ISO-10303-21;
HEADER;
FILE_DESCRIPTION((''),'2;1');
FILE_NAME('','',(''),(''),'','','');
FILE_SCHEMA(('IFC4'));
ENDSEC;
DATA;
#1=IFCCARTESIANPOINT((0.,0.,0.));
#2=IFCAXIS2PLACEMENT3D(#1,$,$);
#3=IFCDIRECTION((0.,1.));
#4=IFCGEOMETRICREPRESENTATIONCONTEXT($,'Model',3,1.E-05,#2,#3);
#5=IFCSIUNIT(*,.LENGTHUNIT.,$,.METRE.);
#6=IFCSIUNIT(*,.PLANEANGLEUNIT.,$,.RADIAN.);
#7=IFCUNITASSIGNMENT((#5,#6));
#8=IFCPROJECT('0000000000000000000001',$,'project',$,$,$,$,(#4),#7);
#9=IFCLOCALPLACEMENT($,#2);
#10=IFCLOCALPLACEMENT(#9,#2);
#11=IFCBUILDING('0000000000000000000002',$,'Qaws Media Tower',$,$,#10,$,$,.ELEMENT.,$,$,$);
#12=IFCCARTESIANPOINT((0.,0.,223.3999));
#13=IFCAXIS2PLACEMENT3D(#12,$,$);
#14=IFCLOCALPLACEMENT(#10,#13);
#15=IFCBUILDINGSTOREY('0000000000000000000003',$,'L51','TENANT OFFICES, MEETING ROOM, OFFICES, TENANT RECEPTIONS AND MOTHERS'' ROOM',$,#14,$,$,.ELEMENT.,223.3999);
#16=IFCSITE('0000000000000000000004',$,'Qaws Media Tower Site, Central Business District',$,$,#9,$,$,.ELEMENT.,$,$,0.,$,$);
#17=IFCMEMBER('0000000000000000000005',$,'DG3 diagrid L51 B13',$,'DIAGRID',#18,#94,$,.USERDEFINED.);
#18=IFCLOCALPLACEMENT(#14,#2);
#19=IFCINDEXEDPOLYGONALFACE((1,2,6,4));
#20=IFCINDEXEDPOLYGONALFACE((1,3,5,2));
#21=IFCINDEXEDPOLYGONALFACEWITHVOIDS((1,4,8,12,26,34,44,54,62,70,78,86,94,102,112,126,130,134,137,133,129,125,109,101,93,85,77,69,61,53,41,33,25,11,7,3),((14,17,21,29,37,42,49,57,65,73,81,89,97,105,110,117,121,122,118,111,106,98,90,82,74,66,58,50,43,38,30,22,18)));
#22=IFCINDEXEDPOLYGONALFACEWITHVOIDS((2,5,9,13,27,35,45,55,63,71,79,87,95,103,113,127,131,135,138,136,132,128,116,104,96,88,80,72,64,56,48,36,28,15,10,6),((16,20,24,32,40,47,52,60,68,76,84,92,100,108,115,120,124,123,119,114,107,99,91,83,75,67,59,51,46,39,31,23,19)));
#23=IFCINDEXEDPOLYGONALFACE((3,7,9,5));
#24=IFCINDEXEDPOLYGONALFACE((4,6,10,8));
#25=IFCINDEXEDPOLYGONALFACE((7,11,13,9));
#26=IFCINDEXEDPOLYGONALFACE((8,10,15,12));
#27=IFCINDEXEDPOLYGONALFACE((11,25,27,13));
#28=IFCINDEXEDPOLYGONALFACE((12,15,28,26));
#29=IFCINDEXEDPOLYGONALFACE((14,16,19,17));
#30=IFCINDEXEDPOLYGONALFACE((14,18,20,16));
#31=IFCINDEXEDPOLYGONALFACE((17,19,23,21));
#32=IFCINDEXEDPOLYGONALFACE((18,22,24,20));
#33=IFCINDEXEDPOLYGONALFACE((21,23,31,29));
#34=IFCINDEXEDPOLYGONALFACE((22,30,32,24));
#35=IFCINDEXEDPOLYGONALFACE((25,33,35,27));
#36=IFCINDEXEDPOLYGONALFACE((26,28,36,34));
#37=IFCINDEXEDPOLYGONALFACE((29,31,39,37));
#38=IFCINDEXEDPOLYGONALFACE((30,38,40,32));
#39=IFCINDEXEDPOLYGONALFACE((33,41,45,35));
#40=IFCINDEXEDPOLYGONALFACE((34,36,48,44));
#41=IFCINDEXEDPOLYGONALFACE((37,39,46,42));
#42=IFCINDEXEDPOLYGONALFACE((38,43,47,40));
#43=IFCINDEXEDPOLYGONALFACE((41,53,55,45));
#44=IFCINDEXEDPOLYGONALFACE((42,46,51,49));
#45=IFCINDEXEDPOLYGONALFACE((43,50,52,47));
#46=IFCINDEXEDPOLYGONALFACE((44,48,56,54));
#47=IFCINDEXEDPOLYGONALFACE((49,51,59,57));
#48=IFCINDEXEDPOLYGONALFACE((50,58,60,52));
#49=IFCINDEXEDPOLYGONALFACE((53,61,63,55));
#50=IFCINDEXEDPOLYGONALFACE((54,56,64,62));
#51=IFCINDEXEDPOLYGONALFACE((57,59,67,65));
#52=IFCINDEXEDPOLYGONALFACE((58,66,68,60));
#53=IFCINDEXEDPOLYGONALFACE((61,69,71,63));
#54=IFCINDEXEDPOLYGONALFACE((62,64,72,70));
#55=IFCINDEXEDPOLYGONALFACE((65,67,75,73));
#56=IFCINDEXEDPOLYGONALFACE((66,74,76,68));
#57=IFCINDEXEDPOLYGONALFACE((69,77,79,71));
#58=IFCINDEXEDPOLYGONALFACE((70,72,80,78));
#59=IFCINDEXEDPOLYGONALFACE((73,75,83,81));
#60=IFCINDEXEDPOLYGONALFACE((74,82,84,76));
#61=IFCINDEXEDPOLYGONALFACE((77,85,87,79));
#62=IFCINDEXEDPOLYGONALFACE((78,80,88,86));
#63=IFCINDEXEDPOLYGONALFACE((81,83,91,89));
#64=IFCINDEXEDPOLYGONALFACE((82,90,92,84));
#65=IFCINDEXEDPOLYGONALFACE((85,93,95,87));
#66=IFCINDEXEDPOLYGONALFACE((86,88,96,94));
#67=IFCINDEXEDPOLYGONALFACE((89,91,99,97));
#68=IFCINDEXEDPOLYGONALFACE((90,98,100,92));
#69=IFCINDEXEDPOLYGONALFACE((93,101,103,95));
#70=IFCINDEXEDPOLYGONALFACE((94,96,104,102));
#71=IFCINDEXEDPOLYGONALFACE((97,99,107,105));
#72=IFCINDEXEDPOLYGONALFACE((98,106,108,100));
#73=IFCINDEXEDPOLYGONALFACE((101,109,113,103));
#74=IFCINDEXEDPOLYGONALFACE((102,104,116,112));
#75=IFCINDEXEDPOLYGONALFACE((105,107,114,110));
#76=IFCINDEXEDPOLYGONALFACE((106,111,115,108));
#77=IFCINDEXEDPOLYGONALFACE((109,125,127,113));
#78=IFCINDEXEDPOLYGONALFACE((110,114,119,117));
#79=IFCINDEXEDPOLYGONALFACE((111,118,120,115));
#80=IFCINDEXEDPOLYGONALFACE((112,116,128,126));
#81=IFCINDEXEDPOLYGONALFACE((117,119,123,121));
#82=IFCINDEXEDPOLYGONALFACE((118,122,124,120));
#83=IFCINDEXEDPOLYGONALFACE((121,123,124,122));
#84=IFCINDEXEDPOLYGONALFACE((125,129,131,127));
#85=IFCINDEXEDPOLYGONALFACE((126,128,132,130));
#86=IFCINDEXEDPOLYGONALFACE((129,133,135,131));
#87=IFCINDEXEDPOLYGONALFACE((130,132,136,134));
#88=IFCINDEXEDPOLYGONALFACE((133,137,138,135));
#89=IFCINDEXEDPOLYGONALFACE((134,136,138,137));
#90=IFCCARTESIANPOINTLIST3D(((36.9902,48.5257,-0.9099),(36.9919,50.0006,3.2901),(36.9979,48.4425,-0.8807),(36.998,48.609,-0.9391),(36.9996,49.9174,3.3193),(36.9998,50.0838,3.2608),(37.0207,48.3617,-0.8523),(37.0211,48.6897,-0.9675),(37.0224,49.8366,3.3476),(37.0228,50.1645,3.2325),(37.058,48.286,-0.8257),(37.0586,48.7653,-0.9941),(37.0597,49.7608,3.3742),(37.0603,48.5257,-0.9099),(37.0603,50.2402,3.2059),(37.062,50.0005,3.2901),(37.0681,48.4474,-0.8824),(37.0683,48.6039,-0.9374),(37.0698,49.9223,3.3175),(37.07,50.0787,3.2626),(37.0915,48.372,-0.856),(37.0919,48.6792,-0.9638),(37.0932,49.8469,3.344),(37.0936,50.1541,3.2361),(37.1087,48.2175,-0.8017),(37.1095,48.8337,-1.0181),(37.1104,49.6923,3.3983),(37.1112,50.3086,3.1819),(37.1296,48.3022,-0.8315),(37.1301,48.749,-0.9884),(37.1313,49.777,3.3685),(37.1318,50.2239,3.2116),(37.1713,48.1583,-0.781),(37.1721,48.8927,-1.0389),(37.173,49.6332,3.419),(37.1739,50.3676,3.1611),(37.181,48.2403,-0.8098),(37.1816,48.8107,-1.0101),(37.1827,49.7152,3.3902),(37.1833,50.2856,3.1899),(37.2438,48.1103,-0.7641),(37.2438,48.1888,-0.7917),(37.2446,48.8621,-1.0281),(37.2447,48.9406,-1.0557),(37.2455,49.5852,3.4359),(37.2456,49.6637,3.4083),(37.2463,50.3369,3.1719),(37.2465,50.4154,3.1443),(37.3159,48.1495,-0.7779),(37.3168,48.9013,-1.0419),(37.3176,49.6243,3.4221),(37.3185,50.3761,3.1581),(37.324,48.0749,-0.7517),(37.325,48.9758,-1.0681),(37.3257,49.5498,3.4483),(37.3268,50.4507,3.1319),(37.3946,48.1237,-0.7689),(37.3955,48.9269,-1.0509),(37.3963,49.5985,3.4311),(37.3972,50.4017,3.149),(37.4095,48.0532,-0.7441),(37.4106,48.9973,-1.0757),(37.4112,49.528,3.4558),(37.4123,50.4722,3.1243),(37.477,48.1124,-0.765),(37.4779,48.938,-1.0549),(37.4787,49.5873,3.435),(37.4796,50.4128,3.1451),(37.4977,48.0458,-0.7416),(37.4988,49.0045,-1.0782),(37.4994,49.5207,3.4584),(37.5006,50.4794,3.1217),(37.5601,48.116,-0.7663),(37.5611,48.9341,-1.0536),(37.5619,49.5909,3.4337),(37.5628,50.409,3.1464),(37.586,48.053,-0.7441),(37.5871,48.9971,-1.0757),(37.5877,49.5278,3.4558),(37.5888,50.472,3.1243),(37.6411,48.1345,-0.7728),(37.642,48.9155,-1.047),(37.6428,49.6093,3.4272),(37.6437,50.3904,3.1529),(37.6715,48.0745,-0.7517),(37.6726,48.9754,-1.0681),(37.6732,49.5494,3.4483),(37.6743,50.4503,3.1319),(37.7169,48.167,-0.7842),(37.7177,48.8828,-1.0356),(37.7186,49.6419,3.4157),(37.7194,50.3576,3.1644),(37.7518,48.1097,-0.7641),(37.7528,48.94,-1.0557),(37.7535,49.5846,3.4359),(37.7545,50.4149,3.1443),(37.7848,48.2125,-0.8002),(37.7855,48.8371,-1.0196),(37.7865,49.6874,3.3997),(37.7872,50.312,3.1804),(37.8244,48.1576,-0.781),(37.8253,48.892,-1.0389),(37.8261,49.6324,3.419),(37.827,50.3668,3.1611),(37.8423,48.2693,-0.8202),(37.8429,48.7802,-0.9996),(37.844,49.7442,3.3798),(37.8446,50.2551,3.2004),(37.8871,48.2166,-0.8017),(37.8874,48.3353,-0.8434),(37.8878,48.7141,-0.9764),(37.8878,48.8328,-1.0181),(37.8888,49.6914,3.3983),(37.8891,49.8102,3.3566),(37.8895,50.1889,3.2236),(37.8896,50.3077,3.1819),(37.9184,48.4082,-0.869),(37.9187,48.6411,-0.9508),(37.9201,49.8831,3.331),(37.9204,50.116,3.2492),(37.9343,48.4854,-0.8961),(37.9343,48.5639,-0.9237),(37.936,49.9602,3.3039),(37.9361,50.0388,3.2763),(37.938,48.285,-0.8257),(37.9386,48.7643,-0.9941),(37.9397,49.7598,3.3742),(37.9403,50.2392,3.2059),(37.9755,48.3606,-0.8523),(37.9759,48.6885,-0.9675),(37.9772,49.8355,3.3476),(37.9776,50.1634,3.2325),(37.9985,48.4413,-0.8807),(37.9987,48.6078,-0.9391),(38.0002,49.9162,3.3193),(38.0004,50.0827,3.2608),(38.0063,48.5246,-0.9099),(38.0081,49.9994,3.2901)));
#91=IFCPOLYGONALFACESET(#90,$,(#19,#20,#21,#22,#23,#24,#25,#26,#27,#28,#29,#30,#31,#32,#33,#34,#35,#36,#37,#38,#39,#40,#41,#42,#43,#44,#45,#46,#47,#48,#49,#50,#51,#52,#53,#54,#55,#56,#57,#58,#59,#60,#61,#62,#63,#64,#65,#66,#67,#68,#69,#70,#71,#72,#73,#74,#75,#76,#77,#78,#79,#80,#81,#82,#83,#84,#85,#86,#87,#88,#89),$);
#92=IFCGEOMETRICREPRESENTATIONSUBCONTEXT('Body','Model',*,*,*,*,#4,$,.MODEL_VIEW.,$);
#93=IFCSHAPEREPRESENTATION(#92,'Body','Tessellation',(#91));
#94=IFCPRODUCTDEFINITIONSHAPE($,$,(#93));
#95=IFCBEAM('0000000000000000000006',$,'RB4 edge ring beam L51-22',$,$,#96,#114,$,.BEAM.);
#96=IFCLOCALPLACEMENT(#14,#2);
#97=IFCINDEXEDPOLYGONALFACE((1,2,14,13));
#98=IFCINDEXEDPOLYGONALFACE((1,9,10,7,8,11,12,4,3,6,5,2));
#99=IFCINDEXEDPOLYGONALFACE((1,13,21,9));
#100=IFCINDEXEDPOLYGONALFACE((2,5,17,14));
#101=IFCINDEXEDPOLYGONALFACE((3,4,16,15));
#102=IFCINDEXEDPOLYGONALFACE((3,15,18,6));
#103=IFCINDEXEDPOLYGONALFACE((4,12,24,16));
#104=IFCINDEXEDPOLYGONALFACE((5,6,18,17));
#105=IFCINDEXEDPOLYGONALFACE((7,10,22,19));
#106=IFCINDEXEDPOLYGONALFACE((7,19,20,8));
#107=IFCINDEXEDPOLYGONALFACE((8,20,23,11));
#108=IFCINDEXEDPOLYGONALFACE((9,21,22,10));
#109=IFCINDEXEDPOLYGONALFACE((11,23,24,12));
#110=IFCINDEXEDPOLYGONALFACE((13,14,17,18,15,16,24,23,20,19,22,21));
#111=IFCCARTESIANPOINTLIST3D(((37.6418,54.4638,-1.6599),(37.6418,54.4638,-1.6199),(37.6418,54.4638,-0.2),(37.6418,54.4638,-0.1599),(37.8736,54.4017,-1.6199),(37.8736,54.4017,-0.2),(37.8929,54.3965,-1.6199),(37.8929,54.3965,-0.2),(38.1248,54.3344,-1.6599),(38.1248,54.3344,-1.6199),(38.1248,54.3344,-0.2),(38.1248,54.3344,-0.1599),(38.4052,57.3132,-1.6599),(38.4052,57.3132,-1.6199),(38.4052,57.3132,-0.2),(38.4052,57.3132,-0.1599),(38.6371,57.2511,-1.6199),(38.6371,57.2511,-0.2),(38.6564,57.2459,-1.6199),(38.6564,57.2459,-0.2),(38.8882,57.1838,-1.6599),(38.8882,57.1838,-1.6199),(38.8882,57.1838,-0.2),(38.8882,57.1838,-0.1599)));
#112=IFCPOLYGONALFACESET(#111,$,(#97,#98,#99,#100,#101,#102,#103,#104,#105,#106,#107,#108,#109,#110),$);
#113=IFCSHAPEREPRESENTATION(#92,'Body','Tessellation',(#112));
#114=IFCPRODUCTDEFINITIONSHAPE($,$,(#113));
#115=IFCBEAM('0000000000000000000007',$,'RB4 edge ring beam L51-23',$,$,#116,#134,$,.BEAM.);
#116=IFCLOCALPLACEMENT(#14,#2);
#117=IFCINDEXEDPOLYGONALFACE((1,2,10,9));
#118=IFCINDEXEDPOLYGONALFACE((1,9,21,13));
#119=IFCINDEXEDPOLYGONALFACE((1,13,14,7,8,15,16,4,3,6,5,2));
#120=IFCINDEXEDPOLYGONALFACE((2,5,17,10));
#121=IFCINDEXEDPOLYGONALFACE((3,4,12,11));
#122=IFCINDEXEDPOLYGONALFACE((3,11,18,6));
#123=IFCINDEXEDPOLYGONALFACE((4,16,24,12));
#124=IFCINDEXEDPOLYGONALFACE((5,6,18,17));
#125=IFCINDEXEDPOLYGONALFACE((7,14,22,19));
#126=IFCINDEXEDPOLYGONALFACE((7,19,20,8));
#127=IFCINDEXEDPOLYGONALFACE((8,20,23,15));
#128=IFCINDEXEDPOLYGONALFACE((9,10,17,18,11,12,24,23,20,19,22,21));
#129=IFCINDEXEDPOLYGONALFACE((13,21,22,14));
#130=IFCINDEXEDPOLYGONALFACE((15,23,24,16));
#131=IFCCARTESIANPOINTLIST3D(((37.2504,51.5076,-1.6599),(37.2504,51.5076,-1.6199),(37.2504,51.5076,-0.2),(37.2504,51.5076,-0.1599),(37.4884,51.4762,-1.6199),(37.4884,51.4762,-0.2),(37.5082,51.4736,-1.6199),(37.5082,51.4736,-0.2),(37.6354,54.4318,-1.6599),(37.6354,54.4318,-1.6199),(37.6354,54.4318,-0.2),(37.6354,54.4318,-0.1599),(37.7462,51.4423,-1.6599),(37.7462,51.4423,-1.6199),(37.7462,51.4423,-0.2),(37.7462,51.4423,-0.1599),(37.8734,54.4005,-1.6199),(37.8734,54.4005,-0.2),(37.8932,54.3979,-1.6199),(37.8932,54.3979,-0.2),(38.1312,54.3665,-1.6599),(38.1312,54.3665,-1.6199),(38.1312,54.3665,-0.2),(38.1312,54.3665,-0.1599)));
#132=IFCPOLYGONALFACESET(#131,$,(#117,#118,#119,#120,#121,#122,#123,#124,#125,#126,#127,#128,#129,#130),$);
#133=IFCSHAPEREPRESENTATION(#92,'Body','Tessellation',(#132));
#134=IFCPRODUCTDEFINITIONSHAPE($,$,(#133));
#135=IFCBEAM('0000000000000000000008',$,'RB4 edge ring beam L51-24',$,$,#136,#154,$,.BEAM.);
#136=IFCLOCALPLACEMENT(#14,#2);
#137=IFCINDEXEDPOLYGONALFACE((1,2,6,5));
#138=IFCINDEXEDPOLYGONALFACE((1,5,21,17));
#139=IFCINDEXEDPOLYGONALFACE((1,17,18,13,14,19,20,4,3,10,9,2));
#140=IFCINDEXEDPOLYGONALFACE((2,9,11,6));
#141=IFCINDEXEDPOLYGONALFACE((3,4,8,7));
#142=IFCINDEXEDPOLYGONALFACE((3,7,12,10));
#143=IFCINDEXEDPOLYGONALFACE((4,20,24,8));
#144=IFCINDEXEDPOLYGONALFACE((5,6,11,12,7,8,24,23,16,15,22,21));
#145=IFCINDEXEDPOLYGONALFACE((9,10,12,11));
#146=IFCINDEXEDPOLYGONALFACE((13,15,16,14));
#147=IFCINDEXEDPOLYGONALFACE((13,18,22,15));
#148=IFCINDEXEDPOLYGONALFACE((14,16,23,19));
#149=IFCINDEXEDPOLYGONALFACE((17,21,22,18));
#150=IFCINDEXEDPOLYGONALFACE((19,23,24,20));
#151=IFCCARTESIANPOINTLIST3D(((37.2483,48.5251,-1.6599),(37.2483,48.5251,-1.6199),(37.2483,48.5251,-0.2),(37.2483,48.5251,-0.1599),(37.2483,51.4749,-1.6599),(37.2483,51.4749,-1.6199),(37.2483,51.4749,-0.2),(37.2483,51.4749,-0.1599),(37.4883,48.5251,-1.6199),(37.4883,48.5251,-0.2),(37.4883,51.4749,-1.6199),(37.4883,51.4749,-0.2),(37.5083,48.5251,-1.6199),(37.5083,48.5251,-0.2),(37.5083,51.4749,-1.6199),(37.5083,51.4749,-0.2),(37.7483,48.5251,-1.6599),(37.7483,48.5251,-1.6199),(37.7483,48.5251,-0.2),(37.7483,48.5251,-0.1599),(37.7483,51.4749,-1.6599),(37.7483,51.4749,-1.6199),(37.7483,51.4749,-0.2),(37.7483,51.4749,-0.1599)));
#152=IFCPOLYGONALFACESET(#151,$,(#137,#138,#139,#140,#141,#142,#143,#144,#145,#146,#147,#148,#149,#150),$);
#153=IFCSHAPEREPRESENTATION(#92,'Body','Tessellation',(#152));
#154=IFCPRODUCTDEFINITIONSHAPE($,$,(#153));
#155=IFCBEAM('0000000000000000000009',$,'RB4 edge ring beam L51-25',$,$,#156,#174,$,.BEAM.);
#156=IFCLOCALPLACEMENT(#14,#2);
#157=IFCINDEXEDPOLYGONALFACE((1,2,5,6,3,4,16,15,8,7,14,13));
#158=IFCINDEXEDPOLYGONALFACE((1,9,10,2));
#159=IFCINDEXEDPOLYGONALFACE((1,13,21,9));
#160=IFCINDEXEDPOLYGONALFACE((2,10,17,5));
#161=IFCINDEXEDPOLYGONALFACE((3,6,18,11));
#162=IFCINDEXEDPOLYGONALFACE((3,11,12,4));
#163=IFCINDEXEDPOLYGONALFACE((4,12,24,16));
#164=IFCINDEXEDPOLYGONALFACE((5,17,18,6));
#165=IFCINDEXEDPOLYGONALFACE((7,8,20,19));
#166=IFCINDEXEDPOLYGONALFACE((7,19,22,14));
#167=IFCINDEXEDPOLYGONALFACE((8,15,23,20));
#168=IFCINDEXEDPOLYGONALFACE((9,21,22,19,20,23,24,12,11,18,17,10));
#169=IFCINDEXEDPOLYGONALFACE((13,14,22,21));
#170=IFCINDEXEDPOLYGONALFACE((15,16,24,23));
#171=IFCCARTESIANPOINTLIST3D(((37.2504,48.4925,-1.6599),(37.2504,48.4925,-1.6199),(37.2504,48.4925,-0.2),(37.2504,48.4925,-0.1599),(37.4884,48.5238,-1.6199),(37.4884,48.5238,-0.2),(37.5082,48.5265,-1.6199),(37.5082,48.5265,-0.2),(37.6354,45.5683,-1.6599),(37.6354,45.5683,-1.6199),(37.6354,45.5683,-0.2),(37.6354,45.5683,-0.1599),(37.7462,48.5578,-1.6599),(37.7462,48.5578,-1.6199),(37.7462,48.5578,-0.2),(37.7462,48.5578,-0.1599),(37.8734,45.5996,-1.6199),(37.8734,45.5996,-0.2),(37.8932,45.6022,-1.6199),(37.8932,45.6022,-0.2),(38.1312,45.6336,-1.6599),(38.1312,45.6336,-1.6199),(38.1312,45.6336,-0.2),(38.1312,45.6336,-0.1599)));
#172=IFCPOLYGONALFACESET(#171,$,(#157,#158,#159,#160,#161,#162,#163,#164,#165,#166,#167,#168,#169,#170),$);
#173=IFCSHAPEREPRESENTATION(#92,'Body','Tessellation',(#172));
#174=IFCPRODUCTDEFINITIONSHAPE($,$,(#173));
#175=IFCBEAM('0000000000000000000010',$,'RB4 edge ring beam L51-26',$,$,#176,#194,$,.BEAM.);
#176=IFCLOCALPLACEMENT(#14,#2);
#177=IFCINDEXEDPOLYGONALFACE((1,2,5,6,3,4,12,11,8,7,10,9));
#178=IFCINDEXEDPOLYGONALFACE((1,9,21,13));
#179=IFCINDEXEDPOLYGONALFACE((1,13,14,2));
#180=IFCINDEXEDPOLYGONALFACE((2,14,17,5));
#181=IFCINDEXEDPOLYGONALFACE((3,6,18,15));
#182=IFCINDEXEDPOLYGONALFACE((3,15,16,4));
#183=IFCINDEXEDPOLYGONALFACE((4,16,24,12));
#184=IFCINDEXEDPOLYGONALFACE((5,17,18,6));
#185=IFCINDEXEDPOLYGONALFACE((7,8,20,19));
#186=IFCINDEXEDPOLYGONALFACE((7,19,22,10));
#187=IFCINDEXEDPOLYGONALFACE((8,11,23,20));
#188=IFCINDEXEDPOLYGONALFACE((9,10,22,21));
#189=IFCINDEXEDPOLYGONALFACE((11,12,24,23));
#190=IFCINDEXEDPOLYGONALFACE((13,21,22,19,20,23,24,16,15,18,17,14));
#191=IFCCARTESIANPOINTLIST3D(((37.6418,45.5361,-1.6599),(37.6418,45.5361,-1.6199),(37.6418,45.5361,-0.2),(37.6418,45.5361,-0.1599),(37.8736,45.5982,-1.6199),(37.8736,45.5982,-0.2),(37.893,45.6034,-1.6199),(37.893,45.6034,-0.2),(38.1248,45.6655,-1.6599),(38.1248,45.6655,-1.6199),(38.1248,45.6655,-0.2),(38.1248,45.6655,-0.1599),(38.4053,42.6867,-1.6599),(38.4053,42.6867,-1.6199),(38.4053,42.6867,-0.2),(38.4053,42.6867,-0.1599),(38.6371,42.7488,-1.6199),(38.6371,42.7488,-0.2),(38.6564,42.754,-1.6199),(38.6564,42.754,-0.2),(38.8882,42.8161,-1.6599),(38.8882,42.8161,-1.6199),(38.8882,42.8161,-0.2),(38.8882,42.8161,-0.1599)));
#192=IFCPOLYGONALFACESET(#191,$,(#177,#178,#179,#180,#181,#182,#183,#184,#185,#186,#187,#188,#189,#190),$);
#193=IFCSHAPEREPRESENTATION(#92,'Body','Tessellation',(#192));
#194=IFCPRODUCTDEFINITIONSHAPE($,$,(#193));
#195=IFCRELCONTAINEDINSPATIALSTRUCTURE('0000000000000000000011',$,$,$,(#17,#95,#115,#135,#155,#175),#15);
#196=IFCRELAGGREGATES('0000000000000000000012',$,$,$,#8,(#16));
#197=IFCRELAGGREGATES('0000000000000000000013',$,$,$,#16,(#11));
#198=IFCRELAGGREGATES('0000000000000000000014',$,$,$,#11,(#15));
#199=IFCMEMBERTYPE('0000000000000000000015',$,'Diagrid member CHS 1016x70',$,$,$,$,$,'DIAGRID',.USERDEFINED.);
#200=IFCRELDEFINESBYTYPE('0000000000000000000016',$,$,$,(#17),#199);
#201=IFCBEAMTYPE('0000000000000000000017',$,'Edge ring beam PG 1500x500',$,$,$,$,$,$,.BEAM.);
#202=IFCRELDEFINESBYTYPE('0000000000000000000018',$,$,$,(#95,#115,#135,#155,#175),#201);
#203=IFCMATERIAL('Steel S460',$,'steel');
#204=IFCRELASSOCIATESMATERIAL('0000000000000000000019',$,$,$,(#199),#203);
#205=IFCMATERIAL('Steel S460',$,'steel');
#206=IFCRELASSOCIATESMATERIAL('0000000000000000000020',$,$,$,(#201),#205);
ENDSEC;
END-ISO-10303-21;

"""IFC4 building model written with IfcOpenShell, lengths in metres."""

from ifc_helpers import new_model, si_unit, direction, frame, origin, origin_2d, place, context, subcontext, project, spatial, hollow_circle, i_section, extrude, material, material_profile, profile_set, type_object, element, save


model = new_model("IFC4")

# Units and contexts
model_context = context("Model", 3, precision=1e-05, world=origin(), true_north=direction((0.0, 1.0)))
body_context = subcontext(model_context, "Body", "Model", "MODEL_VIEW")
ifc_project = project(units=[si_unit("LENGTHUNIT", "METRE"), si_unit("PLANEANGLEUNIT", "RADIAN")], contexts=[model_context])

# Site, building, storey
site_placement = place(None, origin())
site = spatial("IfcSite", under=ifc_project, at=site_placement, Name="Qaws Media Tower Site, Central Business District", CompositionType="ELEMENT", RefElevation=0.0)
building_placement = place(site_placement, origin())
building = spatial("IfcBuilding", under=site, at=building_placement, Name="Qaws Media Tower", CompositionType="ELEMENT")
storey_placement = place(building_placement, frame((0.0, 0.0, 223.3999)))
storey = spatial("IfcBuildingStorey", under=building, at=storey_placement, Name="L51", Description="TENANT OFFICES, MEETING ROOM, OFFICES, TENANT RECEPTIONS AND MOTHERS' ROOM", CompositionType="ELEMENT", Elevation=223.3999)

# Member
ifc_material_1 = material(Name="Steel S460", Category="steel")
ifc_material_profile_1 = material_profile(ifc_material_1, hollow_circle(Radius=0.5081, WallThickness=0.0701, at=origin_2d()), Name="CHS 1016x70")
ifc_profile_set_1 = profile_set([ifc_material_profile_1], Name="Steel S460")
member_type_1 = type_object("IfcMemberType", Name="Diagrid member CHS 1016x70", ElementType="DIAGRID", PredefinedType="USERDEFINED", material=ifc_profile_set_1)
for number, where, z_axis, x_axis, name in (
    (1, (37.4983, 48.5251, -0.9099), (0.000384, 0.331325, 0.943517), (-0.999999, 0.001159, 0.0), "DG3 diagrid L51 B13"),
):
    element("IfcMember", number, at=place(storey_placement, frame(where, z_axis=z_axis, x_axis=x_axis)), inside=storey, type_object=member_type_1, Name=name, ObjectType="DIAGRID", PredefinedType="USERDEFINED", context=body_context, shape_type="SweptSolid", body=[
        extrude(hollow_circle(Radius=0.5081, WallThickness=0.0701, at=origin_2d()), origin(), (0.0, 0.0, 1.0), 4.4514),
    ])

# Beams
ifc_material_2 = material(Name="Steel S460", Category="steel")
ifc_material_profile_2 = material_profile(ifc_material_2, i_section(OverallWidth=0.5, OverallDepth=1.5, WebThickness=0.02, FlangeThickness=0.04, at=origin_2d()), Name="PG 1500x500")
ifc_profile_set_2 = profile_set([ifc_material_profile_2], Name="Steel S460")
beam_type = type_object("IfcBeamType", Name="Edge ring beam PG 1500x500", PredefinedType="BEAM", material=ifc_profile_set_2)
beam_1_placement = place(storey_placement, frame((38.6467, 57.2485, -0.9099), z_axis=(-0.258801, -0.965931, 0.0), x_axis=(0.965931, -0.258801, 0.0)))
element("IfcBeam", 2, at=beam_1_placement, inside=storey, type_object=beam_type, Name="RB4 edge ring beam L51-22", PredefinedType="BEAM", context=body_context, shape_type="SweptSolid", body=[
    extrude(i_section(OverallWidth=0.5, OverallDepth=1.5, WebThickness=0.02, FlangeThickness=0.04, at=origin_2d()), origin(), (0.0, 0.0, 1.0), 2.95),
])
beam_2_placement = place(storey_placement, frame((37.8833, 54.3992, -0.9099), z_axis=(-0.130532, -0.991444, 0.0), x_axis=(0.991444, -0.130532, 0.0)))
element("IfcBeam", 3, at=beam_2_placement, inside=storey, type_object=beam_type, Name="RB4 edge ring beam L51-23", PredefinedType="BEAM", context=body_context, shape_type="SweptSolid", body=[
    extrude(i_section(OverallWidth=0.5, OverallDepth=1.5, WebThickness=0.02, FlangeThickness=0.04, at=origin_2d()), origin(), (0.0, 0.0, 1.0), 2.9495),
])
beam_3_placement = place(storey_placement, frame((37.4983, 51.4749, -0.9099), z_axis=(0.0, -1.0, 0.0), x_axis=(1.0, 0.0, 0.0)))
element("IfcBeam", 4, at=beam_3_placement, inside=storey, type_object=beam_type, Name="RB4 edge ring beam L51-24", PredefinedType="BEAM", context=body_context, shape_type="SweptSolid", body=[
    extrude(i_section(OverallWidth=0.5, OverallDepth=1.5, WebThickness=0.02, FlangeThickness=0.04, at=origin_2d()), origin(), (0.0, 0.0, 1.0), 2.9497),
])
beam_4_placement = place(storey_placement, frame((37.4983, 48.5251, -0.9099), z_axis=(0.130532, -0.991444, 0.0), x_axis=(0.991444, 0.130532, 0.0)))
element("IfcBeam", 5, at=beam_4_placement, inside=storey, type_object=beam_type, Name="RB4 edge ring beam L51-25", PredefinedType="BEAM", context=body_context, shape_type="SweptSolid", body=[
    extrude(i_section(OverallWidth=0.5, OverallDepth=1.5, WebThickness=0.02, FlangeThickness=0.04, at=origin_2d()), origin(), (0.0, 0.0, 1.0), 2.9495),
])
beam_5_placement = place(storey_placement, frame((37.8833, 45.6008, -0.9099), z_axis=(0.258801, -0.965931, 0.0), x_axis=(0.965931, 0.258801, 0.0)))
element("IfcBeam", 6, at=beam_5_placement, inside=storey, type_object=beam_type, Name="RB4 edge ring beam L51-26", PredefinedType="BEAM", context=body_context, shape_type="SweptSolid", body=[
    extrude(i_section(OverallWidth=0.5, OverallDepth=1.5, WebThickness=0.02, FlangeThickness=0.04, at=origin_2d()), origin(), (0.0, 0.0, 1.0), 2.95),
])

save(model, "model.ifc")
